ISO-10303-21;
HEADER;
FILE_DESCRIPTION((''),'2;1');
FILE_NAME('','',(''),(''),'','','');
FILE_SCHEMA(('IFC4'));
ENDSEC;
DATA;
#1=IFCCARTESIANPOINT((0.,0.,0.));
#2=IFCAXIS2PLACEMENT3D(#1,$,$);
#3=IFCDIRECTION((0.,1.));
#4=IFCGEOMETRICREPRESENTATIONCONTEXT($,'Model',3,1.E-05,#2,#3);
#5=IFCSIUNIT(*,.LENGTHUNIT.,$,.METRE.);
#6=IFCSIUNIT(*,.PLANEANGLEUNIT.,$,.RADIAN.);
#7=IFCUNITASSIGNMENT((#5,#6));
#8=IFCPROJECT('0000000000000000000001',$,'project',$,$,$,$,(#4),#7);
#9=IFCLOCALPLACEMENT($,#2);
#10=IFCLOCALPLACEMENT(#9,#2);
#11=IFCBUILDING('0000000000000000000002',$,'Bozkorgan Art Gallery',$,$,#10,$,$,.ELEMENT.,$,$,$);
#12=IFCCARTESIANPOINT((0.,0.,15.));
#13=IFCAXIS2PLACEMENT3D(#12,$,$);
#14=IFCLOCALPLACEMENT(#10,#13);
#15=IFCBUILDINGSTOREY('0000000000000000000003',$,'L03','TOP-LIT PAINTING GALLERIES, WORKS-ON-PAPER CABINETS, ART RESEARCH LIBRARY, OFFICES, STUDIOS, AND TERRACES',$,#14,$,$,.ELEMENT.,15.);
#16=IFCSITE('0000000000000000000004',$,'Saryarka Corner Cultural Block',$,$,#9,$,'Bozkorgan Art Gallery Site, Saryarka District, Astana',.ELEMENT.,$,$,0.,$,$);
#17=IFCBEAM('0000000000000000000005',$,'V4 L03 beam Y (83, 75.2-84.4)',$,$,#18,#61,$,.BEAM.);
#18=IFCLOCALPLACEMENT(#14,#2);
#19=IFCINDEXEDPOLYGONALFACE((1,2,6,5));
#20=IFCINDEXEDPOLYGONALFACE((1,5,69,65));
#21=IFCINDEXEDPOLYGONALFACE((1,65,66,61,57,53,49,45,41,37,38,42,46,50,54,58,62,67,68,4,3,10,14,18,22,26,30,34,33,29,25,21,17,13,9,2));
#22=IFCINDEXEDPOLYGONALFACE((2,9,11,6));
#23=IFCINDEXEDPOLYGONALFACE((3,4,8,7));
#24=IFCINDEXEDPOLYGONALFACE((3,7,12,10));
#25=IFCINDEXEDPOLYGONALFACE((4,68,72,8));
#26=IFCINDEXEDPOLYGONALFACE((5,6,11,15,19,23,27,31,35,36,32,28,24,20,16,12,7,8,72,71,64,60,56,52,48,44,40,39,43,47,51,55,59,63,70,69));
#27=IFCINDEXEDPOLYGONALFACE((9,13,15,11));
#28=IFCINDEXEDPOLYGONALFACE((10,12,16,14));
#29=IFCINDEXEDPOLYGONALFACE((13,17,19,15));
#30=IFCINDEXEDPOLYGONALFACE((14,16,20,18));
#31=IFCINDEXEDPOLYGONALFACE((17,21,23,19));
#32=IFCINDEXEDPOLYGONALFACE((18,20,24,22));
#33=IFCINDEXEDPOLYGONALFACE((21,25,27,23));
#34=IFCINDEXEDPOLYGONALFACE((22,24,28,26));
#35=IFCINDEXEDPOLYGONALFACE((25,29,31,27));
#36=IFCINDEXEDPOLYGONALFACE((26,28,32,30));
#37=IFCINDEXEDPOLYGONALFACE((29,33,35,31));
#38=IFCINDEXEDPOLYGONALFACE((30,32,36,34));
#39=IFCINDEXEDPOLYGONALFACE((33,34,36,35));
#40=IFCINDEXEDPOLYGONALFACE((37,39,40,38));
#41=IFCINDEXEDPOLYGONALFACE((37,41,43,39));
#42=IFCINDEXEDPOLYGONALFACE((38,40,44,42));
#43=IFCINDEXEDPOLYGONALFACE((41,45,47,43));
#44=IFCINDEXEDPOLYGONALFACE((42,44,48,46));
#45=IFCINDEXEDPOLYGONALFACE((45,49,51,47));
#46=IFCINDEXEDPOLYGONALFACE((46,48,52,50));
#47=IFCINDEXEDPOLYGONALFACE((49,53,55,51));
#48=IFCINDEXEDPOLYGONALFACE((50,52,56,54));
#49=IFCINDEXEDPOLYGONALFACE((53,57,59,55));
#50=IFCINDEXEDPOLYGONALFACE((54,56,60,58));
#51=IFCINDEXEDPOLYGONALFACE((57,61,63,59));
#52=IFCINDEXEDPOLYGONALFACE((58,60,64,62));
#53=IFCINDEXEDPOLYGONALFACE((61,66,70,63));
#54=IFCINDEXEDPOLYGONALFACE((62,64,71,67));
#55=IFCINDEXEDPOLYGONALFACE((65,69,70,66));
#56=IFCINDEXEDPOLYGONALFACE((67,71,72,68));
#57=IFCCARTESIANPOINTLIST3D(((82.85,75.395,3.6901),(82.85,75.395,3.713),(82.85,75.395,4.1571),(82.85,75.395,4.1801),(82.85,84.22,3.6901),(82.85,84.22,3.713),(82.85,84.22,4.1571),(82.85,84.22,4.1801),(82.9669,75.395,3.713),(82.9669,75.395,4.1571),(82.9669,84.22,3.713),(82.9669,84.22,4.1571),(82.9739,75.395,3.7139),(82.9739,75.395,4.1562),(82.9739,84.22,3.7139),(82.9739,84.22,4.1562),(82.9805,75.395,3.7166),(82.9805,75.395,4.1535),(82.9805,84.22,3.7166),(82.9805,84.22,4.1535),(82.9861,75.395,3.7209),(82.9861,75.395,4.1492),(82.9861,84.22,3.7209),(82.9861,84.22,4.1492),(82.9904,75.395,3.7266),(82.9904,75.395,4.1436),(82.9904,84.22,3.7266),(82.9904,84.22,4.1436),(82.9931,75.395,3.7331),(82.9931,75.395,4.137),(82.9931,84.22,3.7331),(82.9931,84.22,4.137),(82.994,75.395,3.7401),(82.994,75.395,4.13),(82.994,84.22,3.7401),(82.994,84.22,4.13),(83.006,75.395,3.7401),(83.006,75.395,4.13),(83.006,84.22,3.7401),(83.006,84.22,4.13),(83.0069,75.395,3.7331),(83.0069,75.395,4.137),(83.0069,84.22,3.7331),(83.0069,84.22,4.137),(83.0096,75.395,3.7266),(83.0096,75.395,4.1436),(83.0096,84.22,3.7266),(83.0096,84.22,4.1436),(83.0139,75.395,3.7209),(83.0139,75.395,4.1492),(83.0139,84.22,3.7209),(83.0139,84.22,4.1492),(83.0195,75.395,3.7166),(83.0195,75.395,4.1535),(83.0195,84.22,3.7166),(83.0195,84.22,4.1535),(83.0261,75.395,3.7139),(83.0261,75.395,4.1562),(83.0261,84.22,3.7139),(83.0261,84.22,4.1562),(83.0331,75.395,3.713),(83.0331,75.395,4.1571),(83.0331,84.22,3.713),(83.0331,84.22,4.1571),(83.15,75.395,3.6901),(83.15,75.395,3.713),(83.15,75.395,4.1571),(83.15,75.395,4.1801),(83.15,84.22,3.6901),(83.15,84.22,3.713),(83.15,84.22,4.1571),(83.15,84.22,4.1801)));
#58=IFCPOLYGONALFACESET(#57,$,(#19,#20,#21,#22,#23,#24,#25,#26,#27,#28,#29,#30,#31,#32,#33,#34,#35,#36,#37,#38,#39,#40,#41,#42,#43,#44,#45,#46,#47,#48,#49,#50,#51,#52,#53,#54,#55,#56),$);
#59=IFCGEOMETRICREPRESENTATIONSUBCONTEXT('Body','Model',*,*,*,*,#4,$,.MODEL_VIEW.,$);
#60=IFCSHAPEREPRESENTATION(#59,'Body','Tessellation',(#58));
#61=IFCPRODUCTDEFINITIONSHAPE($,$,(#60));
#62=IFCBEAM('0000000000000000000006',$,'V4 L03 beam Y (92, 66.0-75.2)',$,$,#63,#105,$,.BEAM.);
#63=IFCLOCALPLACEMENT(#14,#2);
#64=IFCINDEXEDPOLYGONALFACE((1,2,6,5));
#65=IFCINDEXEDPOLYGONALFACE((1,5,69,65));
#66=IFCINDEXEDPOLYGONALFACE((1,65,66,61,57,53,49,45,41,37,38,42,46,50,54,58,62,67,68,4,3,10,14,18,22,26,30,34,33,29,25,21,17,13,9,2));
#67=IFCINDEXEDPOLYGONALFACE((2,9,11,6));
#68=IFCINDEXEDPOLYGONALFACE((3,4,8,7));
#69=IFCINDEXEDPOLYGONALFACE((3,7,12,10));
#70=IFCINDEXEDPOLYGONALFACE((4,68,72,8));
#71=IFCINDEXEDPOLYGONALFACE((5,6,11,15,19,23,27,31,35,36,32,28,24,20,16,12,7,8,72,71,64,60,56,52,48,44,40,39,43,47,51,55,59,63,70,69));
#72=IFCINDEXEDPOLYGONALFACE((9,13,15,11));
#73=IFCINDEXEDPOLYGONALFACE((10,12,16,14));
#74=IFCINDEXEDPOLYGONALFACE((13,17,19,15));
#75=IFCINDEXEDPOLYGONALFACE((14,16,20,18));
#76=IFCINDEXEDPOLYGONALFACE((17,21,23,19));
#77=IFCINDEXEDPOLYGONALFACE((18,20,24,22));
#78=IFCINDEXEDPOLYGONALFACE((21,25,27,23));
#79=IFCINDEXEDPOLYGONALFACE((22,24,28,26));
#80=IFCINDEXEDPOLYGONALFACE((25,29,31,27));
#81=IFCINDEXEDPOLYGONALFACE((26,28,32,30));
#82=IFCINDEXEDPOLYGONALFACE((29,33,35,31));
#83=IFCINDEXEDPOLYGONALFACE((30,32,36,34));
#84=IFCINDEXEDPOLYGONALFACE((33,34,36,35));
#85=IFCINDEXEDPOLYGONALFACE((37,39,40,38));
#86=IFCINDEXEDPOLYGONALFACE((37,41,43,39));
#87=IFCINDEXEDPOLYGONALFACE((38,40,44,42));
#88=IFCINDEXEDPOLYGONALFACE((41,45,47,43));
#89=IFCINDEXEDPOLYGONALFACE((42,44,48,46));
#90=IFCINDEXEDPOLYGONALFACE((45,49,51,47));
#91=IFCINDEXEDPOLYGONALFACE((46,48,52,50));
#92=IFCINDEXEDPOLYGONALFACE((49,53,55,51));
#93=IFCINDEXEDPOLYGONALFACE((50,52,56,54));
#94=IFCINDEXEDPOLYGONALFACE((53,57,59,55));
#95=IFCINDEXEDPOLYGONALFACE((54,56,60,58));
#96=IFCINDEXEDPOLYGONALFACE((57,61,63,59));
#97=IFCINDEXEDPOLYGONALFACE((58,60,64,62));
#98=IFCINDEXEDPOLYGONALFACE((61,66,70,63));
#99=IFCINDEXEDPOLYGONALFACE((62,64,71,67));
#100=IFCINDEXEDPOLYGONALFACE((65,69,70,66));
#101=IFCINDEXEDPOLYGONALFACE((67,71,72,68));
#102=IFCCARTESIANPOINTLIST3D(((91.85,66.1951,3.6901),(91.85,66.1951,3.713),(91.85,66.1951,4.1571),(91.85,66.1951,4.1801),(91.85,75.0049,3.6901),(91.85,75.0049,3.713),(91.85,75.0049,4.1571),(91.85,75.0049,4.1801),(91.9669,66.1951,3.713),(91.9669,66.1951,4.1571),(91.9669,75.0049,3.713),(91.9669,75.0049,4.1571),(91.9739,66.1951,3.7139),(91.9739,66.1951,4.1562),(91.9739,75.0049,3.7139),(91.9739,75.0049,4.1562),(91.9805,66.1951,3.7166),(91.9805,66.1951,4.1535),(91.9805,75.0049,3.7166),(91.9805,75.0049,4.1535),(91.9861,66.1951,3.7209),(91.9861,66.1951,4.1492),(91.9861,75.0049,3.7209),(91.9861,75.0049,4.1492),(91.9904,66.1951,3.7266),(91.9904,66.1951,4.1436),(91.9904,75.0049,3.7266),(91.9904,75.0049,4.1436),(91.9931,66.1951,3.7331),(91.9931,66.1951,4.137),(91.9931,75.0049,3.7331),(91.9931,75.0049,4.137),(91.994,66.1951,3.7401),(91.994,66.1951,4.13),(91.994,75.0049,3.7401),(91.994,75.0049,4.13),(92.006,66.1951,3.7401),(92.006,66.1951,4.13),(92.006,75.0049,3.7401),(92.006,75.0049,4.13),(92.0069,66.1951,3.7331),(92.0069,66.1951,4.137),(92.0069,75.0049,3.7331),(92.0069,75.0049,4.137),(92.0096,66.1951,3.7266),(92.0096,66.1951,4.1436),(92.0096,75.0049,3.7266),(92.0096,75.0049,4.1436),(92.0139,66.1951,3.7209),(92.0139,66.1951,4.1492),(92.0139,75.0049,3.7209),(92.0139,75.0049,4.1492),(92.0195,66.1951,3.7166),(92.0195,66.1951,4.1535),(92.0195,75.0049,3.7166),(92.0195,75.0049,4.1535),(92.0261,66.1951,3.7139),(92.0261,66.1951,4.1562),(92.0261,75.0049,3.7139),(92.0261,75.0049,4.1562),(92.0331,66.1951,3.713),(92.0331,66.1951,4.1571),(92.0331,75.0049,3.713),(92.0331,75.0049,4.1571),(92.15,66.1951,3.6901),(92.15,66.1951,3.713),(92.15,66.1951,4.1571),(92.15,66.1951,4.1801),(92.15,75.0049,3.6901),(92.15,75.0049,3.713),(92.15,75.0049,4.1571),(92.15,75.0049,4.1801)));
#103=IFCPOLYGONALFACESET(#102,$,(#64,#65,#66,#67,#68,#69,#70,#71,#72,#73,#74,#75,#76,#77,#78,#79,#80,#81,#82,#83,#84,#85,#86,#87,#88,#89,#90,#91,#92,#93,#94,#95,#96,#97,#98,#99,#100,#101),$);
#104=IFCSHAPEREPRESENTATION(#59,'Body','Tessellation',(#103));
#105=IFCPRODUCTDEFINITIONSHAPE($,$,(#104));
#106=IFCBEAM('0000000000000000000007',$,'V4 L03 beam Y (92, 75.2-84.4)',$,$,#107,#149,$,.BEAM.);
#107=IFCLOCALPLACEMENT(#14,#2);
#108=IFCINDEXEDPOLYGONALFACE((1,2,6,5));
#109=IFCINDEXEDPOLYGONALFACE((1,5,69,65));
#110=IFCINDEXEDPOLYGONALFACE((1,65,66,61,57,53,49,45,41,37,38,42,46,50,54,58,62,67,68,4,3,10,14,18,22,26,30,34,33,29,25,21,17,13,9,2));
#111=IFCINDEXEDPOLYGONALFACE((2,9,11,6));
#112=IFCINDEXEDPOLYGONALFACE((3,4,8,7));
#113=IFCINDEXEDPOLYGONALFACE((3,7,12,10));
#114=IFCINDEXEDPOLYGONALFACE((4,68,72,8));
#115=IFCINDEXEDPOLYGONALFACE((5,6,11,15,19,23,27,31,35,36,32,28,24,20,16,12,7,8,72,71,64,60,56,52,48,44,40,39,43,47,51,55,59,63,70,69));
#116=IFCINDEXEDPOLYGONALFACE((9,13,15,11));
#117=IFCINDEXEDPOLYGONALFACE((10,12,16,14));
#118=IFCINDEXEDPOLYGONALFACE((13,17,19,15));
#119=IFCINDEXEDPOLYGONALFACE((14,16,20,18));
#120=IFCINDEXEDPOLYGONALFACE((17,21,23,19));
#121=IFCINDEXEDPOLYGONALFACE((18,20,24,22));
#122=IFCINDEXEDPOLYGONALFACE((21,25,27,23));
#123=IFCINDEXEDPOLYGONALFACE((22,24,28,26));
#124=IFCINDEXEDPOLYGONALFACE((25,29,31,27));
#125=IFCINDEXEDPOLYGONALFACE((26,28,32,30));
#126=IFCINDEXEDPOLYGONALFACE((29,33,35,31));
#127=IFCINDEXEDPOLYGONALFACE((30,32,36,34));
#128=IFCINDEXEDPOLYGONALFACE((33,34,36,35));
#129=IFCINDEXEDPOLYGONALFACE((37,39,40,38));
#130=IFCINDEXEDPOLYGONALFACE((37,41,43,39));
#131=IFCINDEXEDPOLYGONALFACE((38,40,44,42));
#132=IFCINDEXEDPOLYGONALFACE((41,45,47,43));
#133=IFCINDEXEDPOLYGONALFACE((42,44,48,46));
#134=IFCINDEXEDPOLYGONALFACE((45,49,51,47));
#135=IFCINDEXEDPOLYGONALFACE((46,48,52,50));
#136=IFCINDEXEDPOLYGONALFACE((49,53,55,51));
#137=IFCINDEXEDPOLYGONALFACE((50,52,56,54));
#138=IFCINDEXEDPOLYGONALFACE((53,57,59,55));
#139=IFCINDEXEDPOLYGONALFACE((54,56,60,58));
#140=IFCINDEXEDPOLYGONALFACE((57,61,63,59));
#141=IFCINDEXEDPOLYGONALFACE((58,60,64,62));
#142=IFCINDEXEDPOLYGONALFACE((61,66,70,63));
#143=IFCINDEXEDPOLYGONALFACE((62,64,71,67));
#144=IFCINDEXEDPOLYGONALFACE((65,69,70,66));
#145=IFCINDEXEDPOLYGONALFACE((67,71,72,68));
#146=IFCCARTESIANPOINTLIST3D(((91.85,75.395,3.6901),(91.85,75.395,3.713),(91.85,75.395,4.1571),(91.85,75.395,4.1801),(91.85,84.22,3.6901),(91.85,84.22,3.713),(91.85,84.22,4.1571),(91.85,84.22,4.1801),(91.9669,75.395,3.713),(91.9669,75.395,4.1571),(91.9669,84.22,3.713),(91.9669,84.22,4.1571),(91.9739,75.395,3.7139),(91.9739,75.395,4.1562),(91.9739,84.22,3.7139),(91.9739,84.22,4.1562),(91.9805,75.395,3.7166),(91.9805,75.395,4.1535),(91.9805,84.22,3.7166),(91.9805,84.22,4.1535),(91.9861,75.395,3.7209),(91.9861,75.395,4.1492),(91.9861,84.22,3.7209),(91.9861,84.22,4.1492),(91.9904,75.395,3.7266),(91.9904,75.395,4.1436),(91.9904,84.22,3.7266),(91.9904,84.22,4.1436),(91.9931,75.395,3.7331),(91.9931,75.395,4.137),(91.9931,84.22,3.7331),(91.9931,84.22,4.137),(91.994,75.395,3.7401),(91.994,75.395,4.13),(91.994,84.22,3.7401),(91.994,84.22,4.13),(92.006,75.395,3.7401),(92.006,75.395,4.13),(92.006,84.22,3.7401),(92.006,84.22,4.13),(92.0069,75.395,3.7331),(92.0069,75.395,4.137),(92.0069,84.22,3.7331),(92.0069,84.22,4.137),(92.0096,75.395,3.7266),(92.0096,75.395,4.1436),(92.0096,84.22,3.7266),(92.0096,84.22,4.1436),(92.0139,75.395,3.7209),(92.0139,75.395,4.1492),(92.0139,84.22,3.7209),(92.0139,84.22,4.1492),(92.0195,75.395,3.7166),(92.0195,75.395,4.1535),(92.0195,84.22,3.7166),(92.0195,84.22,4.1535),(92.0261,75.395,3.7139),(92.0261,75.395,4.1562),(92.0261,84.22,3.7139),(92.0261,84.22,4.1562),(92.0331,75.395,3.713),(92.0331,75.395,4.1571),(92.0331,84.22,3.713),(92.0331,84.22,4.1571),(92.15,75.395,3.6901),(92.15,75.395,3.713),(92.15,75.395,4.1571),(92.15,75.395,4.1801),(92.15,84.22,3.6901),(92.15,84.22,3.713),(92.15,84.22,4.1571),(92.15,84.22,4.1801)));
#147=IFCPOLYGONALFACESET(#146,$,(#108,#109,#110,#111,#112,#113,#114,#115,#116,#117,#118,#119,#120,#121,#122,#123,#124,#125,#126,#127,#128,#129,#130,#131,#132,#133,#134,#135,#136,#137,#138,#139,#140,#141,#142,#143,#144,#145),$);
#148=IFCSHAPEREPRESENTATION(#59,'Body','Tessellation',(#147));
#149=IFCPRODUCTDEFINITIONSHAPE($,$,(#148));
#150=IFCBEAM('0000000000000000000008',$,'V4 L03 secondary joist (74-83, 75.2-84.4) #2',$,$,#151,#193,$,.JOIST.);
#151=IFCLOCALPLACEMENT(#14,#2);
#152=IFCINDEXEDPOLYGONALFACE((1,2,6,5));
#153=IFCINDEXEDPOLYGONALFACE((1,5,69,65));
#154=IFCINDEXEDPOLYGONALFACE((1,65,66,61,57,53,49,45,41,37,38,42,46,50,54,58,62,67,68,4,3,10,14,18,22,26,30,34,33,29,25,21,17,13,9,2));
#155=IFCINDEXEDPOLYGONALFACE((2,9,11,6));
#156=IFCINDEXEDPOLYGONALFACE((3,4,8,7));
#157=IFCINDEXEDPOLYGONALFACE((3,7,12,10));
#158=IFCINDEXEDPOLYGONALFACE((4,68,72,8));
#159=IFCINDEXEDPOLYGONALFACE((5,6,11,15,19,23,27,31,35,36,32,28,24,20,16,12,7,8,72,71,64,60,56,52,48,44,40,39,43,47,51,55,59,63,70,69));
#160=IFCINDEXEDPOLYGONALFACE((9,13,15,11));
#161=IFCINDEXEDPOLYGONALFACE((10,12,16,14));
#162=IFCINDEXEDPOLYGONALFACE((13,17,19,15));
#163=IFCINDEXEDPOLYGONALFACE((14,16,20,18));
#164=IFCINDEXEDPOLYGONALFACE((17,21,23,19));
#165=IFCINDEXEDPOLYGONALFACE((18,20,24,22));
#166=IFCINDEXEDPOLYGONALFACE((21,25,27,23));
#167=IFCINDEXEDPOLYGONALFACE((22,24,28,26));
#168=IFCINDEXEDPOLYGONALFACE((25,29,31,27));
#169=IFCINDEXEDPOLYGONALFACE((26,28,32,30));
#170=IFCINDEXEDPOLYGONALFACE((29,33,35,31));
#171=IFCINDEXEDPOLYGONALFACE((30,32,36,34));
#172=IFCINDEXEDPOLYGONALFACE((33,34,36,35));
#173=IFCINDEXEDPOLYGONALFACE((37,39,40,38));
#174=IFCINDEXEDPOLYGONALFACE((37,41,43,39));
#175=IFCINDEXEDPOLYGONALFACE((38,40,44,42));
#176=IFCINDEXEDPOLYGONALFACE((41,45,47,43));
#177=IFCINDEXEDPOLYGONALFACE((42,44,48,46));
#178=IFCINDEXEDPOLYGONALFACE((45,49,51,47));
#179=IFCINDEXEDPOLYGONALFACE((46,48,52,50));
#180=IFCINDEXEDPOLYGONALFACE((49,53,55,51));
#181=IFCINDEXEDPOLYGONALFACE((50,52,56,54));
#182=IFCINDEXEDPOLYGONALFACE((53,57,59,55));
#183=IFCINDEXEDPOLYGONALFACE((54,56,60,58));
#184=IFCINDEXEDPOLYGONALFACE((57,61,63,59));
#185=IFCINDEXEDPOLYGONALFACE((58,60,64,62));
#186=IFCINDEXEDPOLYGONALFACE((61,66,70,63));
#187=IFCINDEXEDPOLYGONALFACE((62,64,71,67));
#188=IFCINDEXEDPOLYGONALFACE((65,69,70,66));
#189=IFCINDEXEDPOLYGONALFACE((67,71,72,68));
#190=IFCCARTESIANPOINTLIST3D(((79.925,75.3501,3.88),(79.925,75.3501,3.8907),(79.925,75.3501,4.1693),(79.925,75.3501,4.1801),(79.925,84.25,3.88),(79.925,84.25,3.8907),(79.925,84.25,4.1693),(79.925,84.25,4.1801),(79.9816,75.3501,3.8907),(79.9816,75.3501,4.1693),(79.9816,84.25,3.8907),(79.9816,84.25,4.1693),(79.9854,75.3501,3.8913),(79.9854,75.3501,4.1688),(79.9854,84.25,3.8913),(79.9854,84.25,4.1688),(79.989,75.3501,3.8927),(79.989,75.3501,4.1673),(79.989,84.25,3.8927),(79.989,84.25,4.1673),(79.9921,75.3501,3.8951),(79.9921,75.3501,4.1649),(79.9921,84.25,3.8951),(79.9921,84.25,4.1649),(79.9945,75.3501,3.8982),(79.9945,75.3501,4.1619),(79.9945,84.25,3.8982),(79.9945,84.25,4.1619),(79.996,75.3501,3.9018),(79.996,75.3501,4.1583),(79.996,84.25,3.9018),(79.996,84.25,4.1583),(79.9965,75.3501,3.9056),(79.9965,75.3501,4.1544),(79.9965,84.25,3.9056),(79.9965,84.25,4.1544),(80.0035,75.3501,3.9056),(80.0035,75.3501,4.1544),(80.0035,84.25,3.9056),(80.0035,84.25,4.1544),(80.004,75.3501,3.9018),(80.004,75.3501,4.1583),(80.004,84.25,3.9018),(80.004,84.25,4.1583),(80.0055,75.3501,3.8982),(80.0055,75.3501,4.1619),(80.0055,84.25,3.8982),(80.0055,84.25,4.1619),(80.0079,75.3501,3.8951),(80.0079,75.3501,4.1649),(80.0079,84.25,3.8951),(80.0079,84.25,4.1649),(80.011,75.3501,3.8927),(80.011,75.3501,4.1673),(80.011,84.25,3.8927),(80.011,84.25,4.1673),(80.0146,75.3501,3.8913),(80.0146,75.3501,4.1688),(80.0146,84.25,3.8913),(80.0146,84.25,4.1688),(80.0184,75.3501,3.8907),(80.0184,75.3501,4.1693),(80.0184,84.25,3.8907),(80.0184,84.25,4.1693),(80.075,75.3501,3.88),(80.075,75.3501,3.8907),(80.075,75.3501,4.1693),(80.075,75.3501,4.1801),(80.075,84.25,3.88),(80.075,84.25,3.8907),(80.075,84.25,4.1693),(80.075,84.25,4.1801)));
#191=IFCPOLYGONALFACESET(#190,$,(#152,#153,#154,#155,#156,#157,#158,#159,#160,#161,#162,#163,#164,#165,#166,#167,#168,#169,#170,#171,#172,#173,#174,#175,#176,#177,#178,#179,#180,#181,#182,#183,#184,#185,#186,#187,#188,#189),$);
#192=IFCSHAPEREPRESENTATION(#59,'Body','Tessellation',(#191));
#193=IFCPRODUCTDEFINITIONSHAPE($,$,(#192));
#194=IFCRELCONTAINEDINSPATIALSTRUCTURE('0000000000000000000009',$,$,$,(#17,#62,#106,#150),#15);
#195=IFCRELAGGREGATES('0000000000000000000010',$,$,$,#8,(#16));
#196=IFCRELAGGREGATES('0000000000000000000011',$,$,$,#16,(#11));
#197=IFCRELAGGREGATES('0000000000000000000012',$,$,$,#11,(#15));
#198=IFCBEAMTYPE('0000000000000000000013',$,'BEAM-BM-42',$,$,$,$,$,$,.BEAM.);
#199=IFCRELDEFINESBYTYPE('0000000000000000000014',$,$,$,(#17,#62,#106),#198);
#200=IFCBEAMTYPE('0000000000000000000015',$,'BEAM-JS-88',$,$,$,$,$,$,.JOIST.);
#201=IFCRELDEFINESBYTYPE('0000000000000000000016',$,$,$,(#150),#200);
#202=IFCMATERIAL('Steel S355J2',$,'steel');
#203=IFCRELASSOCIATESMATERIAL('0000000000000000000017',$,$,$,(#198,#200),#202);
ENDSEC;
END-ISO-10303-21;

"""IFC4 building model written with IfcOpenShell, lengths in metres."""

from ifc_helpers import new_model, si_unit, direction, frame, origin, origin_2d, place, context, subcontext, project, spatial, i_section, extrude, material, material_profile, profile_set, type_object, element, save


model = new_model("IFC4")

# Units and contexts
model_context = context("Model", 3, precision=1e-05, world=origin(), true_north=direction((0.0, 1.0)))
body_context = subcontext(model_context, "Body", "Model", "MODEL_VIEW")
ifc_project = project(units=[si_unit("LENGTHUNIT", "METRE"), si_unit("PLANEANGLEUNIT", "RADIAN")], contexts=[model_context])

# Site, building, storey
site_placement = place(None, origin())
site = spatial("IfcSite", under=ifc_project, at=site_placement, Name="Saryarka Corner Cultural Block", LongName="Bozkorgan Art Gallery Site, Saryarka District, Astana", CompositionType="ELEMENT", RefElevation=0.0)
building_placement = place(site_placement, origin())
building = spatial("IfcBuilding", under=site, at=building_placement, Name="Bozkorgan Art Gallery", CompositionType="ELEMENT")
storey_placement = place(building_placement, frame((0.0, 0.0, 15.0)))
storey = spatial("IfcBuildingStorey", under=building, at=storey_placement, Name="L03", Description="TOP-LIT PAINTING GALLERIES, WORKS-ON-PAPER CABINETS, ART RESEARCH LIBRARY, OFFICES, STUDIOS, AND TERRACES", CompositionType="ELEMENT", Elevation=15.0)

# Shared definitions
ifc_material_1 = material(Name="Steel S355J2", Category="steel")

# Beams
ifc_material_profile_1 = material_profile(ifc_material_1, i_section(OverallWidth=0.3, OverallDepth=0.49, WebThickness=0.012, FlangeThickness=0.0229, FilletRadius=0.0271, at=origin_2d()), Name="HEA 500")
ifc_profile_set_1 = profile_set([ifc_material_profile_1], Name="Steel S355J2")
beam_type_1 = type_object("IfcBeamType", Name="BEAM-BM-42", PredefinedType="BEAM", material=ifc_profile_set_1)
beam_1_placement = place(storey_placement, frame((83.0, 75.395, 3.9351), z_axis=(0.0, 1.0, 0.0), x_axis=(-1.0, 0.0, 0.0)))
element("IfcBeam", 1, at=beam_1_placement, inside=storey, type_object=beam_type_1, Name="V4 L03 beam Y (83, 75.2-84.4)", PredefinedType="BEAM", context=body_context, shape_type="SweptSolid", body=[
    extrude(i_section(OverallWidth=0.3, OverallDepth=0.49, WebThickness=0.012, FlangeThickness=0.0229, FilletRadius=0.0271, at=origin_2d()), origin(), (0.0, 0.0, 1.0), 8.825),
])
beam_2_placement = place(storey_placement, frame((92.0, 66.1951, 3.9351), z_axis=(0.0, 1.0, 0.0), x_axis=(-1.0, 0.0, 0.0)))
element("IfcBeam", 2, at=beam_2_placement, inside=storey, type_object=beam_type_1, Name="V4 L03 beam Y (92, 66.0-75.2)", PredefinedType="BEAM", context=body_context, shape_type="SweptSolid", body=[
    extrude(i_section(OverallWidth=0.3, OverallDepth=0.49, WebThickness=0.012, FlangeThickness=0.0229, FilletRadius=0.0271, at=origin_2d()), origin(), (0.0, 0.0, 1.0), 8.8098),
])
beam_3_placement = place(storey_placement, frame((92.0, 75.395, 3.9351), z_axis=(0.0, 1.0, 0.0), x_axis=(-1.0, 0.0, 0.0)))
element("IfcBeam", 3, at=beam_3_placement, inside=storey, type_object=beam_type_1, Name="V4 L03 beam Y (92, 75.2-84.4)", PredefinedType="BEAM", context=body_context, shape_type="SweptSolid", body=[
    extrude(i_section(OverallWidth=0.3, OverallDepth=0.49, WebThickness=0.012, FlangeThickness=0.0229, FilletRadius=0.0271, at=origin_2d()), origin(), (0.0, 0.0, 1.0), 8.825),
])
ifc_material_profile_2 = material_profile(ifc_material_1, i_section(OverallWidth=0.1499, OverallDepth=0.3, WebThickness=0.0071, FlangeThickness=0.0107, FilletRadius=0.0149, at=origin_2d()), Name="IPE 300")
ifc_profile_set_2 = profile_set([ifc_material_profile_2], Name="Steel S355J2")
beam_type_2 = type_object("IfcBeamType", Name="BEAM-JS-88", PredefinedType="JOIST", material=ifc_profile_set_2)
beam_4_placement = place(storey_placement, frame((80.0, 75.3501, 4.03), z_axis=(0.0, 1.0, 0.0), x_axis=(-1.0, 0.0, 0.0)))
element("IfcBeam", 4, at=beam_4_placement, inside=storey, type_object=beam_type_2, Name="V4 L03 secondary joist (74-83, 75.2-84.4) #2", PredefinedType="JOIST", context=body_context, shape_type="SweptSolid", body=[
    extrude(i_section(OverallWidth=0.1499, OverallDepth=0.3, WebThickness=0.0071, FlangeThickness=0.0107, FilletRadius=0.0149, at=origin_2d()), origin(), (0.0, 0.0, 1.0), 8.8999),
])

save(model, "model.ifc")
